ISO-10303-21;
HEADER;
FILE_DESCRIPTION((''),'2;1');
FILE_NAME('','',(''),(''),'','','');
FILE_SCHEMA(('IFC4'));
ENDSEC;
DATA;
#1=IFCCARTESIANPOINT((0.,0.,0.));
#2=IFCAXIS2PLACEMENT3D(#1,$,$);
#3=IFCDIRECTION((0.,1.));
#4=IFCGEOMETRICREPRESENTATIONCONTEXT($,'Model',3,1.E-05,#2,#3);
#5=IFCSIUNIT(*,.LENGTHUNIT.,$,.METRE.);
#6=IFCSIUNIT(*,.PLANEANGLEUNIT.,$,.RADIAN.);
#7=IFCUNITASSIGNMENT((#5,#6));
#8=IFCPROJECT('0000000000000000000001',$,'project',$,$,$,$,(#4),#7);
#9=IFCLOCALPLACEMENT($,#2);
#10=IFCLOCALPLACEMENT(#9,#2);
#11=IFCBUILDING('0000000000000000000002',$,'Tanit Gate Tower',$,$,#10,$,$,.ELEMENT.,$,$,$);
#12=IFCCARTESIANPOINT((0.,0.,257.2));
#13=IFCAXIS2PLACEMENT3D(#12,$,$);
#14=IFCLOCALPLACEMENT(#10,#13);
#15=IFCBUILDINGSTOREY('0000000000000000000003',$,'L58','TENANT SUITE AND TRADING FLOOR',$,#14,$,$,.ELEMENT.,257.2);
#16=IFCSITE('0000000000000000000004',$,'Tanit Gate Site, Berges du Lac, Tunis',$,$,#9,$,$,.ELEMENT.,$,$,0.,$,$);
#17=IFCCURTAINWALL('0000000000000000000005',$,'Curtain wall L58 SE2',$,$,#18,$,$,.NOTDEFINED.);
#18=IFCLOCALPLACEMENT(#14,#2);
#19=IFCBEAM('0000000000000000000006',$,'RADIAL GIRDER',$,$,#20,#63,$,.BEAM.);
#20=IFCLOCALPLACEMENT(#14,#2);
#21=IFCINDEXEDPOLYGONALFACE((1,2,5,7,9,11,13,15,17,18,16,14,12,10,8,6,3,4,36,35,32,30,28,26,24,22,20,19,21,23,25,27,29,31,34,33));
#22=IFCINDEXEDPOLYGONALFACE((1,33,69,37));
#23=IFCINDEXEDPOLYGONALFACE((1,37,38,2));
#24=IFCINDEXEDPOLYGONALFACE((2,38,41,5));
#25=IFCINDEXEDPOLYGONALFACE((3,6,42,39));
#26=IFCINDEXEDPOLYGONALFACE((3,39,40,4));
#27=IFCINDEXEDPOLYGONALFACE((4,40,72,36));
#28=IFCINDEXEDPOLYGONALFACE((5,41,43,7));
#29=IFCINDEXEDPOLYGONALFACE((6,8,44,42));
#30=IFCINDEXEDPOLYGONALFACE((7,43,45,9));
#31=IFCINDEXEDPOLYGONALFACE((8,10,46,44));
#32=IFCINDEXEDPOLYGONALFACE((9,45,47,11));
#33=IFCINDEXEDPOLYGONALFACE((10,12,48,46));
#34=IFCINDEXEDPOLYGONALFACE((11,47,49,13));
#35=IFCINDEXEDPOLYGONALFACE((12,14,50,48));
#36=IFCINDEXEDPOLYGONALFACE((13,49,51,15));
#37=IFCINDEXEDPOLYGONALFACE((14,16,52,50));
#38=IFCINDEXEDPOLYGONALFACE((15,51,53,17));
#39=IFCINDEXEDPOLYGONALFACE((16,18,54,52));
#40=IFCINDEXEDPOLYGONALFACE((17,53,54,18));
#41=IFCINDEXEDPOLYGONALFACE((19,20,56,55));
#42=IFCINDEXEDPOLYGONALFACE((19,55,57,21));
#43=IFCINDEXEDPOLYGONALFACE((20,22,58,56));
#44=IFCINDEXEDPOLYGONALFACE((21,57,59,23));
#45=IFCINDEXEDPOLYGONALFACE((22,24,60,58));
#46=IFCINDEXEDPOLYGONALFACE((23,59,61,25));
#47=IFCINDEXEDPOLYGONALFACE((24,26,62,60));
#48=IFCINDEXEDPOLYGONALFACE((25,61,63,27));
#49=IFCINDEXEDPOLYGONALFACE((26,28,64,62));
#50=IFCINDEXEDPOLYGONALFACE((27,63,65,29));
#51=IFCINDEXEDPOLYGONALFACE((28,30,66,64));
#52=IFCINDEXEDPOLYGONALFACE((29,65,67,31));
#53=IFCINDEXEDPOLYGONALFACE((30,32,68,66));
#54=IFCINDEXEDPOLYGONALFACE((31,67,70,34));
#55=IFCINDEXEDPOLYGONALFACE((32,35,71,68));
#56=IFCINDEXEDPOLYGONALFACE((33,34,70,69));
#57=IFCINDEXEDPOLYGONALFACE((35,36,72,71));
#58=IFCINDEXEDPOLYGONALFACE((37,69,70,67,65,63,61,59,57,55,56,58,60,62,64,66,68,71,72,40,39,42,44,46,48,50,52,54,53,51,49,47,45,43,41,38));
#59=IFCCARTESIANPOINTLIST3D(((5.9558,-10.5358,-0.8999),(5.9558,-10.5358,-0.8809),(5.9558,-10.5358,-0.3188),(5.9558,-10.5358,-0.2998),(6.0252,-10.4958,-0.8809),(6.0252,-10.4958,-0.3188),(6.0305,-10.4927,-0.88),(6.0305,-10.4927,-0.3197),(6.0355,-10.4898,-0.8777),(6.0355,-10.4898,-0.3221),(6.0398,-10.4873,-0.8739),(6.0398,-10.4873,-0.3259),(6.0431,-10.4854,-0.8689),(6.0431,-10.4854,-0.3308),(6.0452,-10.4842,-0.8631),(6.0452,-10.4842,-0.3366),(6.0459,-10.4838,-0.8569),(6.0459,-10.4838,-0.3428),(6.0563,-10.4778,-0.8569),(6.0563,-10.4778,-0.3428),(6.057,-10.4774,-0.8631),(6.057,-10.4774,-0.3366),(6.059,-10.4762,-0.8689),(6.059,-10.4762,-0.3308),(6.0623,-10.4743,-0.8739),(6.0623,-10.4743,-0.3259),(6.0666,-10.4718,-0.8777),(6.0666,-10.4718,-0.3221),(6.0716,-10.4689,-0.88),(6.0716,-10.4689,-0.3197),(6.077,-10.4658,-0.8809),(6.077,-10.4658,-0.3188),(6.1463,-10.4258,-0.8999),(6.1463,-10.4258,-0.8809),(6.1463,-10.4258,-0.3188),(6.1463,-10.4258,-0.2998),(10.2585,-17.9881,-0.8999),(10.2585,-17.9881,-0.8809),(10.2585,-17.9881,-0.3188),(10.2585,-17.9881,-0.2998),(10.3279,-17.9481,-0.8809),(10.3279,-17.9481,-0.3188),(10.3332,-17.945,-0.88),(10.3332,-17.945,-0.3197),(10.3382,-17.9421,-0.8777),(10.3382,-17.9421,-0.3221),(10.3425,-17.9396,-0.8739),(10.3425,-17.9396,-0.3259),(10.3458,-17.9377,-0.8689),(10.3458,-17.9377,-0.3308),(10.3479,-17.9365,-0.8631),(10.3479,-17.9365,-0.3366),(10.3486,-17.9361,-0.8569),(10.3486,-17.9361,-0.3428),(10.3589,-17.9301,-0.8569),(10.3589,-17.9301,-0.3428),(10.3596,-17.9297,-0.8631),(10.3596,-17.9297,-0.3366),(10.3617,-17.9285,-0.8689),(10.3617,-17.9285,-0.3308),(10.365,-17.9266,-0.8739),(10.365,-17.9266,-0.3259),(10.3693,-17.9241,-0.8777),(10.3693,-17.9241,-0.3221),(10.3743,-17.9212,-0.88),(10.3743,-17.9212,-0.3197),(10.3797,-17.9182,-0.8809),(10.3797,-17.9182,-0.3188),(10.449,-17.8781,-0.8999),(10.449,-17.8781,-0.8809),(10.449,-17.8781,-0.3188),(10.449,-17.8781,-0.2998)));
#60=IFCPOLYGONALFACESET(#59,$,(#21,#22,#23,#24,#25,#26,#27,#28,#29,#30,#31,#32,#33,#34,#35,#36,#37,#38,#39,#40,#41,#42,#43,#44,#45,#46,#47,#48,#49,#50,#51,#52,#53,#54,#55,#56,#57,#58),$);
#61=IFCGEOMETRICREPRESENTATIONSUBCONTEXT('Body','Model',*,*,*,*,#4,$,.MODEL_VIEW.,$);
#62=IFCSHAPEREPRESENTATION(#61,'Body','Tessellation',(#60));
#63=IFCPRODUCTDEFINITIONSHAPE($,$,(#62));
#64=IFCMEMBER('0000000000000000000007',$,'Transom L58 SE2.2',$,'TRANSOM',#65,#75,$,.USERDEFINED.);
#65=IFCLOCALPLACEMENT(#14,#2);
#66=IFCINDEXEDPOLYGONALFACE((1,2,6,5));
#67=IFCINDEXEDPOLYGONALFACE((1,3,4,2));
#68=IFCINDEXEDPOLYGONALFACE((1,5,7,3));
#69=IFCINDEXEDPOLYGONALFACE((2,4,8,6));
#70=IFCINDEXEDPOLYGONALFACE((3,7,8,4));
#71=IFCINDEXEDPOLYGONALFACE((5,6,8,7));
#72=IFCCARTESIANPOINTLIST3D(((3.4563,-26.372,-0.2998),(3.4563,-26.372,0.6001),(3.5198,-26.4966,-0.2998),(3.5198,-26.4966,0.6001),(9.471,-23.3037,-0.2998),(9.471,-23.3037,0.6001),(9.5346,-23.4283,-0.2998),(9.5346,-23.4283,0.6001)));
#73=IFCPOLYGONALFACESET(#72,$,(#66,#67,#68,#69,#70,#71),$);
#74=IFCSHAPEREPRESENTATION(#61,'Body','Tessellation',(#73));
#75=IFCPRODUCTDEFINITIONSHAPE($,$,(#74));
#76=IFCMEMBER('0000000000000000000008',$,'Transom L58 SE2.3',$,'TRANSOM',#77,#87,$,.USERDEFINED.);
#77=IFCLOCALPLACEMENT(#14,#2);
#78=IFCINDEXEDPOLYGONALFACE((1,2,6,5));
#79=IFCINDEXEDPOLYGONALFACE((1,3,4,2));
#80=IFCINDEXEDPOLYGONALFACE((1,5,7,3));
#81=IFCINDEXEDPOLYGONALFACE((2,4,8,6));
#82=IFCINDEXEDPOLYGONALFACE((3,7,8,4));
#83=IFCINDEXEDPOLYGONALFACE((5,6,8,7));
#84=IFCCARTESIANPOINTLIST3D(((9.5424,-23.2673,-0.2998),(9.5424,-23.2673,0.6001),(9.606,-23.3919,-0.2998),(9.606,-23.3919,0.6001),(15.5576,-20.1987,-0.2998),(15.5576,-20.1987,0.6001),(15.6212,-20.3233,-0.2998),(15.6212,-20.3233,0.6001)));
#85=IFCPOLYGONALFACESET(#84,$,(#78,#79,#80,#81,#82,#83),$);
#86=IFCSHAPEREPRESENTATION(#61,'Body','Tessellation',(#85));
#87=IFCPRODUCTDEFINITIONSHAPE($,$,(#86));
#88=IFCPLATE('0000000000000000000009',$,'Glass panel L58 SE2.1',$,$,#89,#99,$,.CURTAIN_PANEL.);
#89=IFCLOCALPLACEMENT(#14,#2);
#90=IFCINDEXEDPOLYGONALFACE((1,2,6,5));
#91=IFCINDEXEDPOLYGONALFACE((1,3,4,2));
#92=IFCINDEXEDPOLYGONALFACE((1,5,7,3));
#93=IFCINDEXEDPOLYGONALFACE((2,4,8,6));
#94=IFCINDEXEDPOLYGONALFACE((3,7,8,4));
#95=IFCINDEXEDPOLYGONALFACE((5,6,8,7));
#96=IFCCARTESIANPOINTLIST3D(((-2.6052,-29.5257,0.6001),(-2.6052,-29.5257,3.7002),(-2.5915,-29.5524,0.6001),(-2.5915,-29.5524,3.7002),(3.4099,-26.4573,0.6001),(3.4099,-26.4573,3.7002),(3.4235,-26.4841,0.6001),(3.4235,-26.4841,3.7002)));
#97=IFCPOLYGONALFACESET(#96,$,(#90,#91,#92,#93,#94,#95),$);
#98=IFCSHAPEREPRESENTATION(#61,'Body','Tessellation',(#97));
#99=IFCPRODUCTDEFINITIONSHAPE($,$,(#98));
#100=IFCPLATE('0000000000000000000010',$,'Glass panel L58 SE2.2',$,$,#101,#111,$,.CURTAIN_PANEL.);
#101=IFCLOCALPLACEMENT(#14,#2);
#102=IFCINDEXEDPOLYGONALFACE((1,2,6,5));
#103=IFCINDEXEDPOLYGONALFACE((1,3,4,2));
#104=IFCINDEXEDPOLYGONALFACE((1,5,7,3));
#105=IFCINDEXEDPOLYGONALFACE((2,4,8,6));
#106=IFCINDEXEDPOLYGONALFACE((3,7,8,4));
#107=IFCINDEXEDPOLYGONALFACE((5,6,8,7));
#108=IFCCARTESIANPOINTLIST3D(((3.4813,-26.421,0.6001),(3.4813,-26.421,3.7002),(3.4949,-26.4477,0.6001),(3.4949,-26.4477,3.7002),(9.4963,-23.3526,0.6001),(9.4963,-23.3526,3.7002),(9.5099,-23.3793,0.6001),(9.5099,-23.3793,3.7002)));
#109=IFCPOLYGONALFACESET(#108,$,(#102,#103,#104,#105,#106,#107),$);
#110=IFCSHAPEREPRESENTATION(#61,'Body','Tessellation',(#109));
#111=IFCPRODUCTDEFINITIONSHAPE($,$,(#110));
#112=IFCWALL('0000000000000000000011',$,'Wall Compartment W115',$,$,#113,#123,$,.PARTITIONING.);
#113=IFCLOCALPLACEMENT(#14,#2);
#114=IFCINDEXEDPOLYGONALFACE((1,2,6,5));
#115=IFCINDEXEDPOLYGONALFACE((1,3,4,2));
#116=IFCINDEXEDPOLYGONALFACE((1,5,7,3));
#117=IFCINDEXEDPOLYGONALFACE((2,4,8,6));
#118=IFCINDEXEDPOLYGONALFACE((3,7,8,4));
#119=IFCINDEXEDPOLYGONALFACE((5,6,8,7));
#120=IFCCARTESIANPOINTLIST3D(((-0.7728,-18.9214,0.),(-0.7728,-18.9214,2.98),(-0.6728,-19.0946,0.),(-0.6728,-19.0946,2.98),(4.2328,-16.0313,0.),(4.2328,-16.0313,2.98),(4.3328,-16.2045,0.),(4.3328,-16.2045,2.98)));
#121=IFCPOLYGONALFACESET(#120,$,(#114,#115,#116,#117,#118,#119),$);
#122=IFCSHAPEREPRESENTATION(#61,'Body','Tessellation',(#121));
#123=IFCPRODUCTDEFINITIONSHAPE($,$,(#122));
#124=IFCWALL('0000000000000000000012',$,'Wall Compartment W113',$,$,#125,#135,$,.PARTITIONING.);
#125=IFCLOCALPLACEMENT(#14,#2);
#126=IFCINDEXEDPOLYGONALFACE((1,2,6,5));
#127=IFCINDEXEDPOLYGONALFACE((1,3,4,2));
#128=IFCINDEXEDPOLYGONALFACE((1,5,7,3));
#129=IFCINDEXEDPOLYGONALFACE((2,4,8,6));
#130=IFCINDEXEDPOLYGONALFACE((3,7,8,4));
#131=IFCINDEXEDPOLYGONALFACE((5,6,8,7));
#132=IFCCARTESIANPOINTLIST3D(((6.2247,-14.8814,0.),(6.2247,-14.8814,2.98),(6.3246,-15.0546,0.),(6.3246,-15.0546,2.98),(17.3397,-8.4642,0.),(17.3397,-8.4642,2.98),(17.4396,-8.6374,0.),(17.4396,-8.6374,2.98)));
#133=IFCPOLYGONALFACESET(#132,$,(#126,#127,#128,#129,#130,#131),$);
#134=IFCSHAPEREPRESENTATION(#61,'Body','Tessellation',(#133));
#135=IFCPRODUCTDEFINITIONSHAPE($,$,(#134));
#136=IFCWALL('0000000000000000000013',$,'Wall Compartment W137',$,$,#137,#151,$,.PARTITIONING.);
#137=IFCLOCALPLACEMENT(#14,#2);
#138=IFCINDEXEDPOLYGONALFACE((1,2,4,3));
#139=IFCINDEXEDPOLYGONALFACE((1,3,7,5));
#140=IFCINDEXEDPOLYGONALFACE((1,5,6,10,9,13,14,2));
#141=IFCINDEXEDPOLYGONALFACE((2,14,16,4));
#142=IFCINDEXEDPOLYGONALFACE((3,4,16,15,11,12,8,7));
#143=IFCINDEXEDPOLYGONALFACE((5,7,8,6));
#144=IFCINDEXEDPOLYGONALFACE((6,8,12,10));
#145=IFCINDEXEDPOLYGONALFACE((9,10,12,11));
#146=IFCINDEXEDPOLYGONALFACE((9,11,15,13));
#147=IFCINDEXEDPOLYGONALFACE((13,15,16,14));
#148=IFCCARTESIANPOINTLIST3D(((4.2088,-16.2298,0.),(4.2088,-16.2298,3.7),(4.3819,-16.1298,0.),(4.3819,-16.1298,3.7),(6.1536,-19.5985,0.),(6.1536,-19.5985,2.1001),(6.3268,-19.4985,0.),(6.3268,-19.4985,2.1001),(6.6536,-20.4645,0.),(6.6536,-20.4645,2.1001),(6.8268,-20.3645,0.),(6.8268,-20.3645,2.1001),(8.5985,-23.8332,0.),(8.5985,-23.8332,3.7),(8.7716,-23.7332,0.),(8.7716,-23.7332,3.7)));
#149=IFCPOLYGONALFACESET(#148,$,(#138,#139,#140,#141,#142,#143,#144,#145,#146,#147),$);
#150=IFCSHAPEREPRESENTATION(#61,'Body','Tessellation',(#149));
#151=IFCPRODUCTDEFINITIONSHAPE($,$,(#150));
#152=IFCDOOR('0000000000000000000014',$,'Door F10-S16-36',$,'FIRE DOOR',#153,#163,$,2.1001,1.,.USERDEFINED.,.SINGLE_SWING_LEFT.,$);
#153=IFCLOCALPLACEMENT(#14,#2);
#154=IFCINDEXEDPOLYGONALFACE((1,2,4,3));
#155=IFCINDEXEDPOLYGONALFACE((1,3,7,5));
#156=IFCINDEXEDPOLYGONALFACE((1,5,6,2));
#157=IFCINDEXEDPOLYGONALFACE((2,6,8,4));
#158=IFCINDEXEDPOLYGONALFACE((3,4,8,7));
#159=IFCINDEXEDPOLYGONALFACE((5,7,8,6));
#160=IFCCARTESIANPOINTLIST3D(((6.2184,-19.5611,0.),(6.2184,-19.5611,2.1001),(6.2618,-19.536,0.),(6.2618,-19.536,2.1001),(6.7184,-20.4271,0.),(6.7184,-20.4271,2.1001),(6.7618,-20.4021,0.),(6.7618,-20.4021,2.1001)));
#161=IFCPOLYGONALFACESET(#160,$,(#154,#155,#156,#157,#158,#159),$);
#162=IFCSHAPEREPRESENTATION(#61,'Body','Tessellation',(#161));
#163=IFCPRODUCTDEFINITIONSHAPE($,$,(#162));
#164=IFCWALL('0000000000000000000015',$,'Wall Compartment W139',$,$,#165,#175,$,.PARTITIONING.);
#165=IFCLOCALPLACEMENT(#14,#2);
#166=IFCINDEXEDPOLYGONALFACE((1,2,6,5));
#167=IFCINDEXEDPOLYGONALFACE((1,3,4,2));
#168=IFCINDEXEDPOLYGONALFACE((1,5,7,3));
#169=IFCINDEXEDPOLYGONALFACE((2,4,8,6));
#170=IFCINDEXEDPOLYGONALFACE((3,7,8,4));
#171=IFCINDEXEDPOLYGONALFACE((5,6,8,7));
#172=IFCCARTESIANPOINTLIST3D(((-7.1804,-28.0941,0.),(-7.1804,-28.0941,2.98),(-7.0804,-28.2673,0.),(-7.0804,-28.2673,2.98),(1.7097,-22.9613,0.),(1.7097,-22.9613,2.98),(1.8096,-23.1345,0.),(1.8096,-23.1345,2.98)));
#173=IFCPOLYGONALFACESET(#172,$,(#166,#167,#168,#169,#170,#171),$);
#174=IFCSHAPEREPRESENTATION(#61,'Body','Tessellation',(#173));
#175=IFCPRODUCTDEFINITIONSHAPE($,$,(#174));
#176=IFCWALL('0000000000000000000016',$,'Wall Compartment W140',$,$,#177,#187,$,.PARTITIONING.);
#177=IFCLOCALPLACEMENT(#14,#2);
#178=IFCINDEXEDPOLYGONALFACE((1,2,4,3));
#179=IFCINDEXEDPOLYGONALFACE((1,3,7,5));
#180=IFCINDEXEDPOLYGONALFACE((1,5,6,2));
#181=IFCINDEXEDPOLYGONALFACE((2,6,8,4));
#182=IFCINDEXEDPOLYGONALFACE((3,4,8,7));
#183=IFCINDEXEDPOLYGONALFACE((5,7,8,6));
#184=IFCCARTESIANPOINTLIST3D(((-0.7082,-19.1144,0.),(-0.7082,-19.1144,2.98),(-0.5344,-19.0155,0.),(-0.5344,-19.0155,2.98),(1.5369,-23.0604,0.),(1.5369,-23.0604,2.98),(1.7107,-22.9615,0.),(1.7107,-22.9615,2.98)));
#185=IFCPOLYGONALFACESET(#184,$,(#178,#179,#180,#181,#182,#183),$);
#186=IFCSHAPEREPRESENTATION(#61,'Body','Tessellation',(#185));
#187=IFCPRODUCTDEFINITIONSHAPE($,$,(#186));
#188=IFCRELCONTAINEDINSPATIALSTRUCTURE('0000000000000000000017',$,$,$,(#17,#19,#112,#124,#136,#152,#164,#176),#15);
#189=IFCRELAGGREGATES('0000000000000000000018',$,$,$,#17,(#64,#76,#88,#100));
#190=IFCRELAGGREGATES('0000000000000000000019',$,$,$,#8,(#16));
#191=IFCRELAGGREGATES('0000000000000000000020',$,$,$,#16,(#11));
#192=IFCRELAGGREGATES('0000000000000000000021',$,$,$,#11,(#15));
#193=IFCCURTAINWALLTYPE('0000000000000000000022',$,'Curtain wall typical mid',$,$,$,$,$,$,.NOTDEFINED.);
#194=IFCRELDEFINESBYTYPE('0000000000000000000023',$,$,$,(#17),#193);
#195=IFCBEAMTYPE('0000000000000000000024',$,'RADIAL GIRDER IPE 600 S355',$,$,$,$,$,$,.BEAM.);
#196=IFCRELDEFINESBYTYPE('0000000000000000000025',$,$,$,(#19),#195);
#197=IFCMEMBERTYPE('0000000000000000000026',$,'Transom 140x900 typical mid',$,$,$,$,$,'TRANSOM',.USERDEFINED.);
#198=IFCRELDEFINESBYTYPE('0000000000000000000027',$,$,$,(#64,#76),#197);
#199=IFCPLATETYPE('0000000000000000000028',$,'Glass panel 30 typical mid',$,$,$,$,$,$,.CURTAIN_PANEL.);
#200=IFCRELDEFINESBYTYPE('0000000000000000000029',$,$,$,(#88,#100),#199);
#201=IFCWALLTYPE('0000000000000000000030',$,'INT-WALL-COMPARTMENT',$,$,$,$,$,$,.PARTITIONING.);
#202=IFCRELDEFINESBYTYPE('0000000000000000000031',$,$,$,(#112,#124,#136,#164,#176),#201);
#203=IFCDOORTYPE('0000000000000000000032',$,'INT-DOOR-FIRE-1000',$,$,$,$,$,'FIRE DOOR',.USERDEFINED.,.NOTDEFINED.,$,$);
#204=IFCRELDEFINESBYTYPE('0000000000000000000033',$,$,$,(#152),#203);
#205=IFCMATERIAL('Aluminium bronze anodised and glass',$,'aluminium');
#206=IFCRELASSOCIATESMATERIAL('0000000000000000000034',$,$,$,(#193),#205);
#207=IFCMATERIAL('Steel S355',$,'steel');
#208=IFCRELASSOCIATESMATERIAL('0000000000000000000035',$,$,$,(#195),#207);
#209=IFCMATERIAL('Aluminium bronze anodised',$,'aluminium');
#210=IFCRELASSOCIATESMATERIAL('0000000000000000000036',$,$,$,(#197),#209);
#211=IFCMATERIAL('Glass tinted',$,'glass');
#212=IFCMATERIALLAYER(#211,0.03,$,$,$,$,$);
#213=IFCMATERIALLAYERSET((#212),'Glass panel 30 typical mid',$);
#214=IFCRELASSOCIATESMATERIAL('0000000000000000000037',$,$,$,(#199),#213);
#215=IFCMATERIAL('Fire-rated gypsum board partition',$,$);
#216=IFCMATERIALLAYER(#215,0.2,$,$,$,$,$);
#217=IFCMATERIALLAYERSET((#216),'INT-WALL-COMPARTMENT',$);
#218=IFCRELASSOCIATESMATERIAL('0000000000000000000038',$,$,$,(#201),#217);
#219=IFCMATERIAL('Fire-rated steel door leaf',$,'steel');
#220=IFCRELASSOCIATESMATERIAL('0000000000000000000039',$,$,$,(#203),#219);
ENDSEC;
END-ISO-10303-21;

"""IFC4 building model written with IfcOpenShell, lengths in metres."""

from ifc_helpers import new_model, si_unit, direction, frame, frame_2d, origin, origin_2d, place, context, subcontext, project, spatial, rectangle, i_section, extrude, material, layer, layer_set, material_profile, profile_set, type_object, element, fill, aggregate, save


model = new_model("IFC4")

# Units and contexts
model_context = context("Model", 3, precision=1e-05, world=origin(), true_north=direction((0.0, 1.0)))
body_context = subcontext(model_context, "Body", "Model", "MODEL_VIEW")
ifc_project = project(units=[si_unit("LENGTHUNIT", "METRE"), si_unit("PLANEANGLEUNIT", "RADIAN")], contexts=[model_context])

# Site, building, storey
site_placement = place(None, origin())
site = spatial("IfcSite", under=ifc_project, at=site_placement, Name="Tanit Gate Site, Berges du Lac, Tunis", CompositionType="ELEMENT", RefElevation=0.0)
building_placement = place(site_placement, origin())
building = spatial("IfcBuilding", under=site, at=building_placement, Name="Tanit Gate Tower", CompositionType="ELEMENT")
storey_placement = place(building_placement, frame((0.0, 0.0, 257.2)))
storey = spatial("IfcBuildingStorey", under=building, at=storey_placement, Name="L58", Description="TENANT SUITE AND TRADING FLOOR", CompositionType="ELEMENT", Elevation=257.2)

# Curtain wall
ifc_material_1 = material(Name="Aluminium bronze anodised and glass", Category="aluminium")
curtain_wall_type = type_object("IfcCurtainWallType", Name="Curtain wall typical mid", PredefinedType="NOTDEFINED", material=ifc_material_1)
curtain_wall_placement = place(storey_placement, origin())
curtain_wall = element("IfcCurtainWall", 1, at=curtain_wall_placement, inside=storey, type_object=curtain_wall_type, Name="Curtain wall L58 SE2", PredefinedType="NOTDEFINED")

# Beam
ifc_material_2 = material(Name="Steel S355", Category="steel")
ifc_material_profile_1 = material_profile(ifc_material_2, i_section(OverallWidth=0.22, OverallDepth=0.6001, WebThickness=0.012, FlangeThickness=0.019, FilletRadius=0.0239, at=origin_2d()), Name="IPE 600")
ifc_profile_set_1 = profile_set([ifc_material_profile_1], Name="Steel S355")
beam_type_1 = type_object("IfcBeamType", Name="RADIAL GIRDER IPE 600 S355", PredefinedType="BEAM", material=ifc_profile_set_1)
beam_1_placement = place(storey_placement, frame((10.3538, -17.9331, -0.5999), z_axis=(-0.500008, 0.866021, 0.0), x_axis=(-0.866021, -0.500008, 0.0)))
element("IfcBeam", 2, at=beam_1_placement, inside=storey, type_object=beam_type_1, Name="RADIAL GIRDER", PredefinedType="BEAM", context=body_context, shape_type="SweptSolid", body=[
    extrude(i_section(OverallWidth=0.22, OverallDepth=0.6001, WebThickness=0.012, FlangeThickness=0.019, FilletRadius=0.0239, at=origin_2d()), origin(), (0.0, 0.0, 1.0), 8.6052),
])

# Members
ifc_material_3 = material(Name="Aluminium bronze anodised", Category="aluminium")
ifc_material_profile_2 = material_profile(ifc_material_3, rectangle(XDim=0.1399, YDim=0.8999, at=origin_2d()), Name="140x900 bronze transom")
ifc_profile_set_2 = profile_set([ifc_material_profile_2], Name="Aluminium bronze anodised")
member_type_1 = type_object("IfcMemberType", Name="Transom 140x900 typical mid", ElementType="TRANSOM", PredefinedType="USERDEFINED", material=ifc_profile_set_2)
member_1_placement = place(storey_placement, frame((3.488, -26.4343, 0.1501), z_axis=(0.89079, 0.454416, 0.0), x_axis=(-0.454416, 0.89079, 0.0)))
member_1 = element("IfcMember", 3, at=member_1_placement, type_object=member_type_1, Name="Transom L58 SE2.2", ObjectType="TRANSOM", PredefinedType="USERDEFINED", context=body_context, shape_type="SweptSolid", body=[
    extrude(rectangle(XDim=0.1399, YDim=0.8999, at=origin_2d()), origin(), (0.0, 0.0, 1.0), 6.7522),
])
member_2_placement = place(storey_placement, frame((9.5742, -23.3296, 0.1501), z_axis=(0.890782, 0.45443, 0.0), x_axis=(-0.45443, 0.890782, 0.0)))
member_2 = element("IfcMember", 4, at=member_2_placement, type_object=member_type_1, Name="Transom L58 SE2.3", ObjectType="TRANSOM", PredefinedType="USERDEFINED", context=body_context, shape_type="SweptSolid", body=[
    extrude(rectangle(XDim=0.1399, YDim=0.8999, at=origin_2d()), origin(), (0.0, 0.0, 1.0), 6.7527),
])

# Plates
ifc_material_4 = material(Name="Glass tinted", Category="glass")
ifc_layer_1 = layer(ifc_material_4, 0.03)
ifc_layer_set_1 = layer_set([ifc_layer_1], Name="Glass panel 30 typical mid")
plate_type = type_object("IfcPlateType", Name="Glass panel 30 typical mid", PredefinedType="CURTAIN_PANEL", material=ifc_layer_set_1)
plate_1_placement = place(storey_placement, frame((0.4092, -28.0049, 0.6001), z_axis=(0.0, 0.0, 1.0), x_axis=(0.890792, 0.454411, 0.0)))
plate_1 = element("IfcPlate", 5, at=plate_1_placement, type_object=plate_type, Name="Glass panel L58 SE2.1", PredefinedType="CURTAIN_PANEL", context=body_context, shape_type="SweptSolid", body=[
    extrude(rectangle(XDim=6.7524, YDim=0.03, at=origin_2d()), origin(), (0.0, 0.0, 1.0), 3.1001),
])
plate_2_placement = place(storey_placement, frame((6.4956, -24.9001, 0.6001), z_axis=(0.0, 0.0, 1.0), x_axis=(0.890792, 0.454411, 0.0)))
plate_2 = element("IfcPlate", 6, at=plate_2_placement, type_object=plate_type, Name="Glass panel L58 SE2.2", PredefinedType="CURTAIN_PANEL", context=body_context, shape_type="SweptSolid", body=[
    extrude(rectangle(XDim=6.7524, YDim=0.03, at=origin_2d()), origin(), (0.0, 0.0, 1.0), 3.1001),
])
aggregate(curtain_wall, [member_1, member_2, plate_1, plate_2])

# Walls
ifc_material_5 = material(Name="Fire-rated gypsum board partition")
ifc_layer_2 = layer(ifc_material_5, 0.2)
ifc_layer_set_2 = layer_set([ifc_layer_2], Name="INT-WALL-COMPARTMENT")
wall_type_1 = type_object("IfcWallType", Name="INT-WALL-COMPARTMENT", PredefinedType="PARTITIONING", material=ifc_layer_set_2)
wall_1_placement = place(storey_placement, frame((-0.7229, -19.0081, 0.0), z_axis=(0.0, 0.0, 1.0), x_axis=(0.866015, 0.500019, 0.0)))
element("IfcWall", 7, at=wall_1_placement, inside=storey, type_object=wall_type_1, Name="Wall Compartment W115", PredefinedType="PARTITIONING", context=body_context, shape_type="SweptSolid", body=[
    extrude(rectangle(XDim=5.78, YDim=0.2, at=frame_2d((2.8901, 0.0))), origin(), (0.0, 0.0, 1.0), 2.98),
])
wall_2_placement = place(storey_placement, frame((6.2747, -14.968, 0.0), z_axis=(0.0, 0.0, 1.0), x_axis=(0.866026, 0.5, 0.0)))
element("IfcWall", 8, at=wall_2_placement, inside=storey, type_object=wall_type_1, Name="Wall Compartment W113", PredefinedType="PARTITIONING", context=body_context, shape_type="SweptSolid", body=[
    extrude(rectangle(XDim=12.8345, YDim=0.2, at=frame_2d((6.4172, 0.0))), origin(), (0.0, 0.0, 1.0), 2.98),
])

# Wall, opening, door
wall_3_placement = place(storey_placement, frame((4.2954, -16.1799, 0.0), z_axis=(0.0, 0.0, 1.0), x_axis=(0.499991, -0.86603, 0.0)))
wall_3 = element("IfcWall", 9, at=wall_3_placement, inside=storey, type_object=wall_type_1, Name="Wall Compartment W137", PredefinedType="PARTITIONING", context=body_context, shape_type="SweptSolid", body=[
    extrude(rectangle(XDim=8.7795, YDim=0.2, at=frame_2d((4.3896, 0.0))), origin(), (0.0, 0.0, 1.0), 3.7),
])
opening_1_placement = place(wall_3_placement, frame((3.8896, 0.0, 0.0)))
opening_1 = element("IfcOpeningElement", 10, at=opening_1_placement, cuts=wall_3, PredefinedType="OPENING", context=body_context, shape_type="SweptSolid", body=[
    extrude(rectangle(XDim=1.0, YDim=2.1001, at=frame_2d((0.5, 1.05))), frame((0.0, 0.1099, 0.0), z_axis=(0.0, -1.0, 0.0), x_axis=(1.0, 0.0, 0.0)), (0.0, 0.0, 1.0), 0.22),
])
ifc_material_6 = material(Name="Fire-rated steel door leaf", Category="steel")
door_type_1 = type_object("IfcDoorType", Name="INT-DOOR-FIRE-1000", ElementType="FIRE DOOR", OperationType="NOTDEFINED", PredefinedType="USERDEFINED", material=ifc_material_6)
door_1_placement = place(opening_1_placement, origin())
door_1 = element("IfcDoor", 11, at=door_1_placement, inside=storey, type_object=door_type_1, Name="Door F10-S16-36", ObjectType="FIRE DOOR", OperationType="SINGLE_SWING_LEFT", OverallHeight=2.1001, OverallWidth=1.0, PredefinedType="USERDEFINED", context=body_context, shape_type="SweptSolid", body=[
    extrude(rectangle(XDim=1.0, YDim=2.1001, at=frame_2d((0.5, 1.05))), frame((0.0, 0.0249, 0.0), z_axis=(0.0, -1.0, 0.0), x_axis=(1.0, 0.0, 0.0)), (0.0, 0.0, 1.0), 0.05),
])
fill(opening_1, door_1)

# Walls
wall_4_placement = place(storey_placement, frame((1.7598, -23.0479, 0.0), z_axis=(0.0, 0.0, 1.0), x_axis=(-0.866022, -0.500007, 0.0)))
element("IfcWall", 12, at=wall_4_placement, inside=storey, type_object=wall_type_1, Name="Wall Compartment W139", PredefinedType="PARTITIONING", context=body_context, shape_type="SweptSolid", body=[
    extrude(rectangle(XDim=10.2654, YDim=0.2, at=frame_2d((5.1328, 0.0))), origin(), (0.0, 0.0, 1.0), 2.98),
])
wall_5_placement = place(storey_placement, frame((1.6238, -23.011, 0.0), z_axis=(0.0, 0.0, 1.0), x_axis=(-0.494517, 0.869168, 0.0)))
element("IfcWall", 13, at=wall_5_placement, inside=storey, type_object=wall_type_1, Name="Wall Compartment W140", PredefinedType="PARTITIONING", context=body_context, shape_type="SweptSolid", body=[
    extrude(rectangle(XDim=4.54, YDim=0.2, at=frame_2d((2.27, 0.0))), origin(), (0.0, 0.0, 1.0), 2.98),
])

save(model, "model.ifc")
